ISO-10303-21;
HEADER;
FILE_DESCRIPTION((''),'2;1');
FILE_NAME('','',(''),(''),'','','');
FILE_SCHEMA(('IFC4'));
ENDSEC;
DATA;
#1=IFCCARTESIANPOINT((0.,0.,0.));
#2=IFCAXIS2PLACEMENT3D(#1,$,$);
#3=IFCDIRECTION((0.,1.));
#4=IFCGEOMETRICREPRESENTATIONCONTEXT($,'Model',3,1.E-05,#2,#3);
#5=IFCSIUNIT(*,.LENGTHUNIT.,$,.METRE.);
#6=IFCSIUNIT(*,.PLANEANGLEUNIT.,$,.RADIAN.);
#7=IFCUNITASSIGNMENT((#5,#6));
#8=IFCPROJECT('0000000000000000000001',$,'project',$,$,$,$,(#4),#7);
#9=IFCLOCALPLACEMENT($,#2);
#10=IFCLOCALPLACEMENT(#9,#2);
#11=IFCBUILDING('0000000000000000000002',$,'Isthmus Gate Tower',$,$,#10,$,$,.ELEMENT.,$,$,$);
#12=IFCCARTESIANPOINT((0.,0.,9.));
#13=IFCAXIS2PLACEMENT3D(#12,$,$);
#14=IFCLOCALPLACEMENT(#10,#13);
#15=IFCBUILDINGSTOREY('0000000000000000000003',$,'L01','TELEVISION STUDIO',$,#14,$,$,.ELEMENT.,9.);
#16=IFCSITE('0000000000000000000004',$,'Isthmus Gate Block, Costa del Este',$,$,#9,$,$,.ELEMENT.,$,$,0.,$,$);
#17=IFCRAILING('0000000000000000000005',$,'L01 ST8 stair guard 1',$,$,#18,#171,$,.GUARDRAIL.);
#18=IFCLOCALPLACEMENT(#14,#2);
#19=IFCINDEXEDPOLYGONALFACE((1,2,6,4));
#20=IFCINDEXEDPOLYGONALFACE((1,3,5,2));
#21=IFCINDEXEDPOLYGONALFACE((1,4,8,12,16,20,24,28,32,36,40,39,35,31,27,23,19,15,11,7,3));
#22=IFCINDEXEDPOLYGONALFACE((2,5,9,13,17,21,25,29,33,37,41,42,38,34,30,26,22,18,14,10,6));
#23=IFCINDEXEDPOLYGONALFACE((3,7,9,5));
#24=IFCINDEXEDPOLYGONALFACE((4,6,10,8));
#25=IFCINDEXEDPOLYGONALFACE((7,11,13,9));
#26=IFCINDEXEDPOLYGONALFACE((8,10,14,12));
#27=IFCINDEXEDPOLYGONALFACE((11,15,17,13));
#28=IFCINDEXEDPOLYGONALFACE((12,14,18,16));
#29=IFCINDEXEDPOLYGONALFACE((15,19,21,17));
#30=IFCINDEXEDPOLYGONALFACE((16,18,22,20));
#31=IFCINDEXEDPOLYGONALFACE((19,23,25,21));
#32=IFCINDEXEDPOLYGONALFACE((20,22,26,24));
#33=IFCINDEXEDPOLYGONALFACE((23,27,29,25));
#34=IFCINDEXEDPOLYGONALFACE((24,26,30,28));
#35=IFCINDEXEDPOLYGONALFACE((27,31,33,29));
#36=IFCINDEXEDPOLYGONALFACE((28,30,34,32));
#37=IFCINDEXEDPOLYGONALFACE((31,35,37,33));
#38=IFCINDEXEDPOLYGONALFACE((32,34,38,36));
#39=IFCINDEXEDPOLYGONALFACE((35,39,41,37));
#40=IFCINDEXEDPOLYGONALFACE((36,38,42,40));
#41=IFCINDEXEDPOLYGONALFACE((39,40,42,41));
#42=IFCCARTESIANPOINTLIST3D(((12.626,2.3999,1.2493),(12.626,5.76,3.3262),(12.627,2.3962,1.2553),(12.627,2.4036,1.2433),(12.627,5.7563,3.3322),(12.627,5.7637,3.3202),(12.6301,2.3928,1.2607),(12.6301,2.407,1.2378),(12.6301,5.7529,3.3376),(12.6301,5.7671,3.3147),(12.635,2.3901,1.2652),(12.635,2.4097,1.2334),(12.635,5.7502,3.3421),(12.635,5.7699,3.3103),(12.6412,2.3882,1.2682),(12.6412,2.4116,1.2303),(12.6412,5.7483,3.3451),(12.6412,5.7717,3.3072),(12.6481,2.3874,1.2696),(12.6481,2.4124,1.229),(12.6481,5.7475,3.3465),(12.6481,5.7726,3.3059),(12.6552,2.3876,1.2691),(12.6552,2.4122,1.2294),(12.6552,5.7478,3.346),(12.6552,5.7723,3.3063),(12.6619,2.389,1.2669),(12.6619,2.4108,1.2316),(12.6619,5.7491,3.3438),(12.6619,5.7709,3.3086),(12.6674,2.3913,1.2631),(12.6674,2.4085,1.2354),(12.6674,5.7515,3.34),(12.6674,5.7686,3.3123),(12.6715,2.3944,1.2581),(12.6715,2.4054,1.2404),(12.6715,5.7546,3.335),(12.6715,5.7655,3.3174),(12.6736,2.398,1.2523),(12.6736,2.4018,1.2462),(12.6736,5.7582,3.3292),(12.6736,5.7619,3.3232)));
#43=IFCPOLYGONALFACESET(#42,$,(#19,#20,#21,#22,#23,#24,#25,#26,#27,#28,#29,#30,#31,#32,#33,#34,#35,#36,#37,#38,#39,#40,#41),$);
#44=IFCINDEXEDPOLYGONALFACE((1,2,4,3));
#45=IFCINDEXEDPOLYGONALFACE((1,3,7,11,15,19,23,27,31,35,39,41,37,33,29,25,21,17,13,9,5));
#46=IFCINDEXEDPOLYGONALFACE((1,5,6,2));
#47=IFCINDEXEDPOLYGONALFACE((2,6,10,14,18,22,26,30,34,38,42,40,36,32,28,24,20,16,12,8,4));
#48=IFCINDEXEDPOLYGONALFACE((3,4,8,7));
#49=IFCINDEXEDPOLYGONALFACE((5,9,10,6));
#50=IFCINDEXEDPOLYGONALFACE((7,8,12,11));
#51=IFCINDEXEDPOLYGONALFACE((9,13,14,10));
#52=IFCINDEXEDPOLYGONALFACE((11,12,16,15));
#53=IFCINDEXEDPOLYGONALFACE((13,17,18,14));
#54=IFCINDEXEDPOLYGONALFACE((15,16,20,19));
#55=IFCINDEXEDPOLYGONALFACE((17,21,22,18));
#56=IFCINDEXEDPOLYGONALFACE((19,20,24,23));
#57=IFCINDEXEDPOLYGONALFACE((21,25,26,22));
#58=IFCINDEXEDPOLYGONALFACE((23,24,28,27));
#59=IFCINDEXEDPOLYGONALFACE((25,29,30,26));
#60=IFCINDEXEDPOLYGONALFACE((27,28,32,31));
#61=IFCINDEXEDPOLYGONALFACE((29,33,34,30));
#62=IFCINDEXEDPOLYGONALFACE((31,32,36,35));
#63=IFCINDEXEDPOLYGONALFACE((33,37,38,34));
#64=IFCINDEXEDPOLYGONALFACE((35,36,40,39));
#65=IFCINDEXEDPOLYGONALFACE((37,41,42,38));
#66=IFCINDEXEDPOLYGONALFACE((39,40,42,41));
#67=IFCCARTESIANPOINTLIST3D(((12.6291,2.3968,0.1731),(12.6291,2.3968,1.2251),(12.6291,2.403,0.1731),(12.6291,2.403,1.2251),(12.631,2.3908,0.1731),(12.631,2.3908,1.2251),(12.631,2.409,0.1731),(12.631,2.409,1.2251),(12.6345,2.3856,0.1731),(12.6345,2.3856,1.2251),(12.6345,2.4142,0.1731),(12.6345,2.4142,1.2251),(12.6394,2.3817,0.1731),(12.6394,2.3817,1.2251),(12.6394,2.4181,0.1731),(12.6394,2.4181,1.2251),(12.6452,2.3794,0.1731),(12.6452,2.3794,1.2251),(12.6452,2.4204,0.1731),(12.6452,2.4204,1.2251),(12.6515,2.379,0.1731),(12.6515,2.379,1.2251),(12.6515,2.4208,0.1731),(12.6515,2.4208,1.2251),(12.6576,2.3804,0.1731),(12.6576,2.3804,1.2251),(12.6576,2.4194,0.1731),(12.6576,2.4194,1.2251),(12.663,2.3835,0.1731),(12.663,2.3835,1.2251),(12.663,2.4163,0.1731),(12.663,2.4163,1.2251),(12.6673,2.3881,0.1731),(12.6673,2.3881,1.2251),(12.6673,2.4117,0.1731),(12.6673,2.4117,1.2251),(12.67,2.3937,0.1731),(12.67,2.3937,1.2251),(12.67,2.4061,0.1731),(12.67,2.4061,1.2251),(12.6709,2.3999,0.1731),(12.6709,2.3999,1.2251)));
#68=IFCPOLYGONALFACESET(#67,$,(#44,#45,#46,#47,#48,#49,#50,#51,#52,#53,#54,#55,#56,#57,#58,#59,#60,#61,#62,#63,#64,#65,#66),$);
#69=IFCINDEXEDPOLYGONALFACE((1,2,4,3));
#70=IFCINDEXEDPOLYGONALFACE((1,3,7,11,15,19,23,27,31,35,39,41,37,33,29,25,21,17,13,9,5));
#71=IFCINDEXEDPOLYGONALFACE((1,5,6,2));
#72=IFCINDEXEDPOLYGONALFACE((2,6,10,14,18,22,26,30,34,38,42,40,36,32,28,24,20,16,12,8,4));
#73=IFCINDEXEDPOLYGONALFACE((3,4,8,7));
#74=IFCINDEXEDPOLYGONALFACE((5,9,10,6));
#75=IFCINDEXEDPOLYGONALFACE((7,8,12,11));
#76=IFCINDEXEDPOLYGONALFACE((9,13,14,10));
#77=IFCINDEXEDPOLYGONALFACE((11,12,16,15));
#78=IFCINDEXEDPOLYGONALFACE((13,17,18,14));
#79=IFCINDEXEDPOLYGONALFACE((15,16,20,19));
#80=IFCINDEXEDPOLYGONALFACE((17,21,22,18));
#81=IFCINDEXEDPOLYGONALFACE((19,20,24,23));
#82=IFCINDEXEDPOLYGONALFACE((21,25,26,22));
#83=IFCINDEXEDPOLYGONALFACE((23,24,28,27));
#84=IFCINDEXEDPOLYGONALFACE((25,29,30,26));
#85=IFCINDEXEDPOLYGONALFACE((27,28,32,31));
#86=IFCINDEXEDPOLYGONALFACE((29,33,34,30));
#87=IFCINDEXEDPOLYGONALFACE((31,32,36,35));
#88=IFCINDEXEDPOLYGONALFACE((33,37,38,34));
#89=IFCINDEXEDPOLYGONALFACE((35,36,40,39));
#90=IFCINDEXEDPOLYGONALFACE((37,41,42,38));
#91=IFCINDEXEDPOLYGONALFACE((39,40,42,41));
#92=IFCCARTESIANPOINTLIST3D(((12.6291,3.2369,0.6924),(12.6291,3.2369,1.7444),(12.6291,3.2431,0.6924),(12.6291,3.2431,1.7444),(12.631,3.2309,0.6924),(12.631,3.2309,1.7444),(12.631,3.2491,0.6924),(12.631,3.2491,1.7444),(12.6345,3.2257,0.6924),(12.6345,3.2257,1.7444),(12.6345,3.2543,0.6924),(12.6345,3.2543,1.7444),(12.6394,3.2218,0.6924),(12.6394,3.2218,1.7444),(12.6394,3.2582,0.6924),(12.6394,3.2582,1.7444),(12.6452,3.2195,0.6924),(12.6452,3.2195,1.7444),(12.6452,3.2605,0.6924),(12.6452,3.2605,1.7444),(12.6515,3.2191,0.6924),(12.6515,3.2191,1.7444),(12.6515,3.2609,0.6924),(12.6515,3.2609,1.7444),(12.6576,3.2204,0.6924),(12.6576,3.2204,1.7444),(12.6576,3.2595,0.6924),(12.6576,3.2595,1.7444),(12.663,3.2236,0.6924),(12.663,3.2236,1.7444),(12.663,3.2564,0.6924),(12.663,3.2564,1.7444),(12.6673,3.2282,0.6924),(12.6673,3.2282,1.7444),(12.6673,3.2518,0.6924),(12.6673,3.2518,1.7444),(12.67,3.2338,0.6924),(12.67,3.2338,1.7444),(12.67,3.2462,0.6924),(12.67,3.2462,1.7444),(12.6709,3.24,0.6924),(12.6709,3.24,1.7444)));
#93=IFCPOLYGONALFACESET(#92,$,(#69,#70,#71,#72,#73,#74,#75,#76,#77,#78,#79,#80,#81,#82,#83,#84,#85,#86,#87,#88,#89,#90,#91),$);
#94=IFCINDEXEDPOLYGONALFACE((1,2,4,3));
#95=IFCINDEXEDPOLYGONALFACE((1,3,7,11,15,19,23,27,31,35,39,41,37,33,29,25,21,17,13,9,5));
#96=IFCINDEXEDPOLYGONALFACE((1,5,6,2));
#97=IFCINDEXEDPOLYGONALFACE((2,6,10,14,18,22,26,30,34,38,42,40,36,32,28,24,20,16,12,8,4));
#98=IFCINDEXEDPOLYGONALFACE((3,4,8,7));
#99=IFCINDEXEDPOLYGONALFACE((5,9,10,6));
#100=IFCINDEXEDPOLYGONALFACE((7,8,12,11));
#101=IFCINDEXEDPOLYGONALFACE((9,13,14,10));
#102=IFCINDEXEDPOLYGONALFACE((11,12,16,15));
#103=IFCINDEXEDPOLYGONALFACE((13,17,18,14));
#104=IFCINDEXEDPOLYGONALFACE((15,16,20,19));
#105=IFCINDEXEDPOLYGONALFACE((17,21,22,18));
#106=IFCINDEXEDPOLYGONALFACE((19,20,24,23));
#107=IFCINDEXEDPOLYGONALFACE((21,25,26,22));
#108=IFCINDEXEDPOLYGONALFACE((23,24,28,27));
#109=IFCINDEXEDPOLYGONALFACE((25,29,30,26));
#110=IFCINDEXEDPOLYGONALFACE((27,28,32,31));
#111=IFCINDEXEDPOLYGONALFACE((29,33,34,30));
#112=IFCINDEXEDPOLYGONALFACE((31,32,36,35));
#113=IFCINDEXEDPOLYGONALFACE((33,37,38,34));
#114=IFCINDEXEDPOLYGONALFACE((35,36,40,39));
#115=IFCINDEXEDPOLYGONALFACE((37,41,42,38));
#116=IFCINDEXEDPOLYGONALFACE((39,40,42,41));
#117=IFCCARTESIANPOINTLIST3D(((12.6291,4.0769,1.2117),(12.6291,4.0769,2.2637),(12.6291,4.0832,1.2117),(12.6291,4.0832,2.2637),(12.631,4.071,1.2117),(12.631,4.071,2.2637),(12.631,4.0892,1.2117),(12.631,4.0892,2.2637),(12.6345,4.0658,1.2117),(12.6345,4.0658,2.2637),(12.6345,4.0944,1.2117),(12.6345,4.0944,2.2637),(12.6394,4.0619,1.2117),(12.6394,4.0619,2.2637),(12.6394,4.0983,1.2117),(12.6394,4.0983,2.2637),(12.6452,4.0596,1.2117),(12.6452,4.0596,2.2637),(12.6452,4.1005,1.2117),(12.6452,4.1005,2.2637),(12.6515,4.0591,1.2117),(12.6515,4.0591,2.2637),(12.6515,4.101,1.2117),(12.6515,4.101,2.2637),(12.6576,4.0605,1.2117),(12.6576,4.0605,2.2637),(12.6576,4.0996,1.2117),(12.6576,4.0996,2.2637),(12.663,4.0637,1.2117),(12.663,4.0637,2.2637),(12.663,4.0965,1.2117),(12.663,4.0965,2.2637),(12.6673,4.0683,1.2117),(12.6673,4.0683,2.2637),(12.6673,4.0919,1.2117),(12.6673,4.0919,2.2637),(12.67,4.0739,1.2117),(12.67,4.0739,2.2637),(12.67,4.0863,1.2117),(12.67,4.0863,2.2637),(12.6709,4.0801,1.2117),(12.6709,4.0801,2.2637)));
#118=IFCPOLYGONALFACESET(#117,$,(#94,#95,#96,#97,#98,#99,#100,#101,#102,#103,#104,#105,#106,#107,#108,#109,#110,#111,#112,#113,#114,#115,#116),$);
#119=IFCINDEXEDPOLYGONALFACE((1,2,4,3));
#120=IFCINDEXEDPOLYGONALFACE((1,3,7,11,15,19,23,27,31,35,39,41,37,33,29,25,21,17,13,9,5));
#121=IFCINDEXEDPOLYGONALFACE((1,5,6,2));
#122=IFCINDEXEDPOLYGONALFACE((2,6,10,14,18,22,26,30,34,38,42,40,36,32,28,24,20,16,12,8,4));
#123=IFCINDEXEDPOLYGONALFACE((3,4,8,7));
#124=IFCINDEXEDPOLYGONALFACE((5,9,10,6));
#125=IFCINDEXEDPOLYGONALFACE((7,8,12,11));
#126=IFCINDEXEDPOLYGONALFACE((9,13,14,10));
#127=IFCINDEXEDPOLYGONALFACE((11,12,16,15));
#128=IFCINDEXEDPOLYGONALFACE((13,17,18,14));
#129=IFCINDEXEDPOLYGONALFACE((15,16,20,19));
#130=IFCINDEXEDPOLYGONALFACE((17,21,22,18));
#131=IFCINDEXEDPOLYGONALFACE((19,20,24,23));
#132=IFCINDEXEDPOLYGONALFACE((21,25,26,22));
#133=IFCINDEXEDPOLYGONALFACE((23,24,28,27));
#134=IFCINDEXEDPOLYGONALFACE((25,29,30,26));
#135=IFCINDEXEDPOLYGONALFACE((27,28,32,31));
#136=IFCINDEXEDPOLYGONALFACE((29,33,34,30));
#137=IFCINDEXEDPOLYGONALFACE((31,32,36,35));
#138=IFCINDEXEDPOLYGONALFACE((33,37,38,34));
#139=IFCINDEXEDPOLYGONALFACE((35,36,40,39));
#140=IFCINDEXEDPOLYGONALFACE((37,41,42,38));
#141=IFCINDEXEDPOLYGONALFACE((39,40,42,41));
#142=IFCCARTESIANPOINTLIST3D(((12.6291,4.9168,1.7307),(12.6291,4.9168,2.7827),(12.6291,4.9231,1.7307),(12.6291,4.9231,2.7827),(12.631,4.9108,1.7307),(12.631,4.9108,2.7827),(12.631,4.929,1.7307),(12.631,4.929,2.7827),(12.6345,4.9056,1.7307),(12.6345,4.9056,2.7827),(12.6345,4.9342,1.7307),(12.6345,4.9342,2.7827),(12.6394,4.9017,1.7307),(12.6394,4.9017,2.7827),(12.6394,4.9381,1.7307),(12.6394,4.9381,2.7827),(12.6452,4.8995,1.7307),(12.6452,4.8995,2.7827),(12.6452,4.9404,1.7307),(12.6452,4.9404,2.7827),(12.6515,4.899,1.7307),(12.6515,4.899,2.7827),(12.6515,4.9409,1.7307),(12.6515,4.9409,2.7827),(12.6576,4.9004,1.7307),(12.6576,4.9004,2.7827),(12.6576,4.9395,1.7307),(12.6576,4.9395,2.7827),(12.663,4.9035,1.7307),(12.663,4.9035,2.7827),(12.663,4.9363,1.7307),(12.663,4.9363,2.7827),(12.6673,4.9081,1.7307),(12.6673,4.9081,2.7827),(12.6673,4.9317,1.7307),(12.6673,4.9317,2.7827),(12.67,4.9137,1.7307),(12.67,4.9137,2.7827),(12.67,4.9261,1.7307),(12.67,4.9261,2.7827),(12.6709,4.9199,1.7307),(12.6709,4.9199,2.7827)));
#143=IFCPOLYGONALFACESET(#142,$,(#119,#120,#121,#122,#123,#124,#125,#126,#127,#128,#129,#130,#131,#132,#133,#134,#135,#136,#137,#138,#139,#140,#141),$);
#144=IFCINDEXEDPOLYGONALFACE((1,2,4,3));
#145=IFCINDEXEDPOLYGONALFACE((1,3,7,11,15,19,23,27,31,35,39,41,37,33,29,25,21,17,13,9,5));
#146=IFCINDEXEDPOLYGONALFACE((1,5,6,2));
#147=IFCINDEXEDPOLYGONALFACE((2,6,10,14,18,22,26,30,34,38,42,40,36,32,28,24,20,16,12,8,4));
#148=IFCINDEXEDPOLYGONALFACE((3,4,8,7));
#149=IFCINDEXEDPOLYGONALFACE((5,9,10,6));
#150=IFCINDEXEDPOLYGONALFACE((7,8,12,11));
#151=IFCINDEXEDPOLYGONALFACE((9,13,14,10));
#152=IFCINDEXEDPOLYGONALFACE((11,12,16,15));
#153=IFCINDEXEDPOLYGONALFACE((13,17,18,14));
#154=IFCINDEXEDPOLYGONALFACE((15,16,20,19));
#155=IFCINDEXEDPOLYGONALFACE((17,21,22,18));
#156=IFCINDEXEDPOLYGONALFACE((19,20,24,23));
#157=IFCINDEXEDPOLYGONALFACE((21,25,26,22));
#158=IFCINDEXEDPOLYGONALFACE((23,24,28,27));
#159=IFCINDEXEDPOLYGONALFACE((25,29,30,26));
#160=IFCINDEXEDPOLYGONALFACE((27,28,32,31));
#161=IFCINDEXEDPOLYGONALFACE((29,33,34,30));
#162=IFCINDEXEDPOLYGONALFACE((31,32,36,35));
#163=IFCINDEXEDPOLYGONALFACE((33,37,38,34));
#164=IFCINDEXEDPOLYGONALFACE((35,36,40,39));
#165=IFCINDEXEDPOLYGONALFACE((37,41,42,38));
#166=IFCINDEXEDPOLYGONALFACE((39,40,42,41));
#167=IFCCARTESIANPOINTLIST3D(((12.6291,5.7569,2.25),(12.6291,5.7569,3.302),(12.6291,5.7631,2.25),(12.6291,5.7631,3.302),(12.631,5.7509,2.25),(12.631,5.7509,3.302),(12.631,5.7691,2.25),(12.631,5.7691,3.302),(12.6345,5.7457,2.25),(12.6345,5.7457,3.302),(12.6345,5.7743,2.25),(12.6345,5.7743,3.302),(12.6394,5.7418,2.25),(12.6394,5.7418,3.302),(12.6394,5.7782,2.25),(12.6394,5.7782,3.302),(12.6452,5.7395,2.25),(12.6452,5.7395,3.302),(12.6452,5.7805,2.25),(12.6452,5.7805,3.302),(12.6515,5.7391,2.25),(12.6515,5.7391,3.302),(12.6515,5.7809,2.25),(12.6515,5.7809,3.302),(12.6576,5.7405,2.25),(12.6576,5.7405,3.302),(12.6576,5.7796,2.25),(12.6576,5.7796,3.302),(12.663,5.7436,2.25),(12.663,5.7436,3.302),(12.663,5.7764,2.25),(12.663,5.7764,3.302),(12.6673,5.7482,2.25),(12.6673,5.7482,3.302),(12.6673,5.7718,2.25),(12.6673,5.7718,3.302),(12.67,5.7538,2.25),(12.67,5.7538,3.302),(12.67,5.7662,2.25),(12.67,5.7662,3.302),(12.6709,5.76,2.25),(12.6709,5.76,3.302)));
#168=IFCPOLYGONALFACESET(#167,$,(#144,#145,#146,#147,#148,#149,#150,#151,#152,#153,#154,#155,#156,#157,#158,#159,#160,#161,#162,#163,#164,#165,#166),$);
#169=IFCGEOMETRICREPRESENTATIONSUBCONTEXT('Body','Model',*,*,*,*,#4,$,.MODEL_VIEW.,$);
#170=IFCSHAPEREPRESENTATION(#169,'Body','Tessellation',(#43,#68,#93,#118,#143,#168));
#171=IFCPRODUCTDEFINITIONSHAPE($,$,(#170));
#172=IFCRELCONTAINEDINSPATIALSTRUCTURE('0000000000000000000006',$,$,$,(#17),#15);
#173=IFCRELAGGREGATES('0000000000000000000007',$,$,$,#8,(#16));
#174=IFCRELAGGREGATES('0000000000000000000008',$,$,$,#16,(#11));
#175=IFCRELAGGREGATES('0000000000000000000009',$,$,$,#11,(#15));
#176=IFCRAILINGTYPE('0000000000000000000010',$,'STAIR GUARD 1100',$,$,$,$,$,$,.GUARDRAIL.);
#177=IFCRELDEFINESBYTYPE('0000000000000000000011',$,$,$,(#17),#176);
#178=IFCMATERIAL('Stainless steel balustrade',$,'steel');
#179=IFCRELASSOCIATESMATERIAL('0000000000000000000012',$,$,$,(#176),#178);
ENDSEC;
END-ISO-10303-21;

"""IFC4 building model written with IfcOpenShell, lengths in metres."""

from ifc_helpers import new_model, si_unit, direction, frame, origin, origin_2d, place, context, subcontext, project, spatial, circle, extrude, material, type_object, element, save


model = new_model("IFC4")

# Units and contexts
model_context = context("Model", 3, precision=1e-05, world=origin(), true_north=direction((0.0, 1.0)))
body_context = subcontext(model_context, "Body", "Model", "MODEL_VIEW")
ifc_project = project(units=[si_unit("LENGTHUNIT", "METRE"), si_unit("PLANEANGLEUNIT", "RADIAN")], contexts=[model_context])

# Site, building, storey
site_placement = place(None, origin())
site = spatial("IfcSite", under=ifc_project, at=site_placement, Name="Isthmus Gate Block, Costa del Este", CompositionType="ELEMENT", RefElevation=0.0)
building_placement = place(site_placement, origin())
building = spatial("IfcBuilding", under=site, at=building_placement, Name="Isthmus Gate Tower", CompositionType="ELEMENT")
storey_placement = place(building_placement, frame((0.0, 0.0, 9.0)))
storey = spatial("IfcBuildingStorey", under=building, at=storey_placement, Name="L01", Description="TELEVISION STUDIO", CompositionType="ELEMENT", Elevation=9.0)

# Railing
ifc_material_1 = material(Name="Stainless steel balustrade", Category="steel")
railing_type_1 = type_object("IfcRailingType", Name="STAIR GUARD 1100", PredefinedType="GUARDRAIL", material=ifc_material_1)
railing_1_placement = place(storey_placement, frame((12.6499, 2.3999, 0.1731)))
element("IfcRailing", 1, at=railing_1_placement, inside=storey, type_object=railing_type_1, Name="L01 ST8 stair guard 1", PredefinedType="GUARDRAIL", context=body_context, shape_type="SweptSolid", body=[
    extrude(circle(Radius=0.0239, at=origin_2d()), frame((0.0, 0.0, 1.0762), z_axis=(0.0, 0.850623, 0.525776), x_axis=(-1.0, 0.0, 0.0)), (0.0, 0.0, 1.0), 3.9502),
    extrude(circle(Radius=0.021, at=origin_2d()), origin(), (0.0, 0.0, 1.0), 1.052),
    extrude(circle(Radius=0.021, at=origin_2d()), frame((0.0, 0.8401, 0.5193)), (0.0, 0.0, 1.0), 1.052),
    extrude(circle(Radius=0.021, at=origin_2d()), frame((0.0, 1.6802, 1.0386)), (0.0, 0.0, 1.0), 1.052),
    extrude(circle(Radius=0.021, at=origin_2d()), frame((0.0, 2.52, 1.5576)), (0.0, 0.0, 1.0), 1.052),
    extrude(circle(Radius=0.021, at=origin_2d()), frame((0.0, 3.3601, 2.0769)), (0.0, 0.0, 1.0), 1.052),
])

save(model, "model.ifc")
